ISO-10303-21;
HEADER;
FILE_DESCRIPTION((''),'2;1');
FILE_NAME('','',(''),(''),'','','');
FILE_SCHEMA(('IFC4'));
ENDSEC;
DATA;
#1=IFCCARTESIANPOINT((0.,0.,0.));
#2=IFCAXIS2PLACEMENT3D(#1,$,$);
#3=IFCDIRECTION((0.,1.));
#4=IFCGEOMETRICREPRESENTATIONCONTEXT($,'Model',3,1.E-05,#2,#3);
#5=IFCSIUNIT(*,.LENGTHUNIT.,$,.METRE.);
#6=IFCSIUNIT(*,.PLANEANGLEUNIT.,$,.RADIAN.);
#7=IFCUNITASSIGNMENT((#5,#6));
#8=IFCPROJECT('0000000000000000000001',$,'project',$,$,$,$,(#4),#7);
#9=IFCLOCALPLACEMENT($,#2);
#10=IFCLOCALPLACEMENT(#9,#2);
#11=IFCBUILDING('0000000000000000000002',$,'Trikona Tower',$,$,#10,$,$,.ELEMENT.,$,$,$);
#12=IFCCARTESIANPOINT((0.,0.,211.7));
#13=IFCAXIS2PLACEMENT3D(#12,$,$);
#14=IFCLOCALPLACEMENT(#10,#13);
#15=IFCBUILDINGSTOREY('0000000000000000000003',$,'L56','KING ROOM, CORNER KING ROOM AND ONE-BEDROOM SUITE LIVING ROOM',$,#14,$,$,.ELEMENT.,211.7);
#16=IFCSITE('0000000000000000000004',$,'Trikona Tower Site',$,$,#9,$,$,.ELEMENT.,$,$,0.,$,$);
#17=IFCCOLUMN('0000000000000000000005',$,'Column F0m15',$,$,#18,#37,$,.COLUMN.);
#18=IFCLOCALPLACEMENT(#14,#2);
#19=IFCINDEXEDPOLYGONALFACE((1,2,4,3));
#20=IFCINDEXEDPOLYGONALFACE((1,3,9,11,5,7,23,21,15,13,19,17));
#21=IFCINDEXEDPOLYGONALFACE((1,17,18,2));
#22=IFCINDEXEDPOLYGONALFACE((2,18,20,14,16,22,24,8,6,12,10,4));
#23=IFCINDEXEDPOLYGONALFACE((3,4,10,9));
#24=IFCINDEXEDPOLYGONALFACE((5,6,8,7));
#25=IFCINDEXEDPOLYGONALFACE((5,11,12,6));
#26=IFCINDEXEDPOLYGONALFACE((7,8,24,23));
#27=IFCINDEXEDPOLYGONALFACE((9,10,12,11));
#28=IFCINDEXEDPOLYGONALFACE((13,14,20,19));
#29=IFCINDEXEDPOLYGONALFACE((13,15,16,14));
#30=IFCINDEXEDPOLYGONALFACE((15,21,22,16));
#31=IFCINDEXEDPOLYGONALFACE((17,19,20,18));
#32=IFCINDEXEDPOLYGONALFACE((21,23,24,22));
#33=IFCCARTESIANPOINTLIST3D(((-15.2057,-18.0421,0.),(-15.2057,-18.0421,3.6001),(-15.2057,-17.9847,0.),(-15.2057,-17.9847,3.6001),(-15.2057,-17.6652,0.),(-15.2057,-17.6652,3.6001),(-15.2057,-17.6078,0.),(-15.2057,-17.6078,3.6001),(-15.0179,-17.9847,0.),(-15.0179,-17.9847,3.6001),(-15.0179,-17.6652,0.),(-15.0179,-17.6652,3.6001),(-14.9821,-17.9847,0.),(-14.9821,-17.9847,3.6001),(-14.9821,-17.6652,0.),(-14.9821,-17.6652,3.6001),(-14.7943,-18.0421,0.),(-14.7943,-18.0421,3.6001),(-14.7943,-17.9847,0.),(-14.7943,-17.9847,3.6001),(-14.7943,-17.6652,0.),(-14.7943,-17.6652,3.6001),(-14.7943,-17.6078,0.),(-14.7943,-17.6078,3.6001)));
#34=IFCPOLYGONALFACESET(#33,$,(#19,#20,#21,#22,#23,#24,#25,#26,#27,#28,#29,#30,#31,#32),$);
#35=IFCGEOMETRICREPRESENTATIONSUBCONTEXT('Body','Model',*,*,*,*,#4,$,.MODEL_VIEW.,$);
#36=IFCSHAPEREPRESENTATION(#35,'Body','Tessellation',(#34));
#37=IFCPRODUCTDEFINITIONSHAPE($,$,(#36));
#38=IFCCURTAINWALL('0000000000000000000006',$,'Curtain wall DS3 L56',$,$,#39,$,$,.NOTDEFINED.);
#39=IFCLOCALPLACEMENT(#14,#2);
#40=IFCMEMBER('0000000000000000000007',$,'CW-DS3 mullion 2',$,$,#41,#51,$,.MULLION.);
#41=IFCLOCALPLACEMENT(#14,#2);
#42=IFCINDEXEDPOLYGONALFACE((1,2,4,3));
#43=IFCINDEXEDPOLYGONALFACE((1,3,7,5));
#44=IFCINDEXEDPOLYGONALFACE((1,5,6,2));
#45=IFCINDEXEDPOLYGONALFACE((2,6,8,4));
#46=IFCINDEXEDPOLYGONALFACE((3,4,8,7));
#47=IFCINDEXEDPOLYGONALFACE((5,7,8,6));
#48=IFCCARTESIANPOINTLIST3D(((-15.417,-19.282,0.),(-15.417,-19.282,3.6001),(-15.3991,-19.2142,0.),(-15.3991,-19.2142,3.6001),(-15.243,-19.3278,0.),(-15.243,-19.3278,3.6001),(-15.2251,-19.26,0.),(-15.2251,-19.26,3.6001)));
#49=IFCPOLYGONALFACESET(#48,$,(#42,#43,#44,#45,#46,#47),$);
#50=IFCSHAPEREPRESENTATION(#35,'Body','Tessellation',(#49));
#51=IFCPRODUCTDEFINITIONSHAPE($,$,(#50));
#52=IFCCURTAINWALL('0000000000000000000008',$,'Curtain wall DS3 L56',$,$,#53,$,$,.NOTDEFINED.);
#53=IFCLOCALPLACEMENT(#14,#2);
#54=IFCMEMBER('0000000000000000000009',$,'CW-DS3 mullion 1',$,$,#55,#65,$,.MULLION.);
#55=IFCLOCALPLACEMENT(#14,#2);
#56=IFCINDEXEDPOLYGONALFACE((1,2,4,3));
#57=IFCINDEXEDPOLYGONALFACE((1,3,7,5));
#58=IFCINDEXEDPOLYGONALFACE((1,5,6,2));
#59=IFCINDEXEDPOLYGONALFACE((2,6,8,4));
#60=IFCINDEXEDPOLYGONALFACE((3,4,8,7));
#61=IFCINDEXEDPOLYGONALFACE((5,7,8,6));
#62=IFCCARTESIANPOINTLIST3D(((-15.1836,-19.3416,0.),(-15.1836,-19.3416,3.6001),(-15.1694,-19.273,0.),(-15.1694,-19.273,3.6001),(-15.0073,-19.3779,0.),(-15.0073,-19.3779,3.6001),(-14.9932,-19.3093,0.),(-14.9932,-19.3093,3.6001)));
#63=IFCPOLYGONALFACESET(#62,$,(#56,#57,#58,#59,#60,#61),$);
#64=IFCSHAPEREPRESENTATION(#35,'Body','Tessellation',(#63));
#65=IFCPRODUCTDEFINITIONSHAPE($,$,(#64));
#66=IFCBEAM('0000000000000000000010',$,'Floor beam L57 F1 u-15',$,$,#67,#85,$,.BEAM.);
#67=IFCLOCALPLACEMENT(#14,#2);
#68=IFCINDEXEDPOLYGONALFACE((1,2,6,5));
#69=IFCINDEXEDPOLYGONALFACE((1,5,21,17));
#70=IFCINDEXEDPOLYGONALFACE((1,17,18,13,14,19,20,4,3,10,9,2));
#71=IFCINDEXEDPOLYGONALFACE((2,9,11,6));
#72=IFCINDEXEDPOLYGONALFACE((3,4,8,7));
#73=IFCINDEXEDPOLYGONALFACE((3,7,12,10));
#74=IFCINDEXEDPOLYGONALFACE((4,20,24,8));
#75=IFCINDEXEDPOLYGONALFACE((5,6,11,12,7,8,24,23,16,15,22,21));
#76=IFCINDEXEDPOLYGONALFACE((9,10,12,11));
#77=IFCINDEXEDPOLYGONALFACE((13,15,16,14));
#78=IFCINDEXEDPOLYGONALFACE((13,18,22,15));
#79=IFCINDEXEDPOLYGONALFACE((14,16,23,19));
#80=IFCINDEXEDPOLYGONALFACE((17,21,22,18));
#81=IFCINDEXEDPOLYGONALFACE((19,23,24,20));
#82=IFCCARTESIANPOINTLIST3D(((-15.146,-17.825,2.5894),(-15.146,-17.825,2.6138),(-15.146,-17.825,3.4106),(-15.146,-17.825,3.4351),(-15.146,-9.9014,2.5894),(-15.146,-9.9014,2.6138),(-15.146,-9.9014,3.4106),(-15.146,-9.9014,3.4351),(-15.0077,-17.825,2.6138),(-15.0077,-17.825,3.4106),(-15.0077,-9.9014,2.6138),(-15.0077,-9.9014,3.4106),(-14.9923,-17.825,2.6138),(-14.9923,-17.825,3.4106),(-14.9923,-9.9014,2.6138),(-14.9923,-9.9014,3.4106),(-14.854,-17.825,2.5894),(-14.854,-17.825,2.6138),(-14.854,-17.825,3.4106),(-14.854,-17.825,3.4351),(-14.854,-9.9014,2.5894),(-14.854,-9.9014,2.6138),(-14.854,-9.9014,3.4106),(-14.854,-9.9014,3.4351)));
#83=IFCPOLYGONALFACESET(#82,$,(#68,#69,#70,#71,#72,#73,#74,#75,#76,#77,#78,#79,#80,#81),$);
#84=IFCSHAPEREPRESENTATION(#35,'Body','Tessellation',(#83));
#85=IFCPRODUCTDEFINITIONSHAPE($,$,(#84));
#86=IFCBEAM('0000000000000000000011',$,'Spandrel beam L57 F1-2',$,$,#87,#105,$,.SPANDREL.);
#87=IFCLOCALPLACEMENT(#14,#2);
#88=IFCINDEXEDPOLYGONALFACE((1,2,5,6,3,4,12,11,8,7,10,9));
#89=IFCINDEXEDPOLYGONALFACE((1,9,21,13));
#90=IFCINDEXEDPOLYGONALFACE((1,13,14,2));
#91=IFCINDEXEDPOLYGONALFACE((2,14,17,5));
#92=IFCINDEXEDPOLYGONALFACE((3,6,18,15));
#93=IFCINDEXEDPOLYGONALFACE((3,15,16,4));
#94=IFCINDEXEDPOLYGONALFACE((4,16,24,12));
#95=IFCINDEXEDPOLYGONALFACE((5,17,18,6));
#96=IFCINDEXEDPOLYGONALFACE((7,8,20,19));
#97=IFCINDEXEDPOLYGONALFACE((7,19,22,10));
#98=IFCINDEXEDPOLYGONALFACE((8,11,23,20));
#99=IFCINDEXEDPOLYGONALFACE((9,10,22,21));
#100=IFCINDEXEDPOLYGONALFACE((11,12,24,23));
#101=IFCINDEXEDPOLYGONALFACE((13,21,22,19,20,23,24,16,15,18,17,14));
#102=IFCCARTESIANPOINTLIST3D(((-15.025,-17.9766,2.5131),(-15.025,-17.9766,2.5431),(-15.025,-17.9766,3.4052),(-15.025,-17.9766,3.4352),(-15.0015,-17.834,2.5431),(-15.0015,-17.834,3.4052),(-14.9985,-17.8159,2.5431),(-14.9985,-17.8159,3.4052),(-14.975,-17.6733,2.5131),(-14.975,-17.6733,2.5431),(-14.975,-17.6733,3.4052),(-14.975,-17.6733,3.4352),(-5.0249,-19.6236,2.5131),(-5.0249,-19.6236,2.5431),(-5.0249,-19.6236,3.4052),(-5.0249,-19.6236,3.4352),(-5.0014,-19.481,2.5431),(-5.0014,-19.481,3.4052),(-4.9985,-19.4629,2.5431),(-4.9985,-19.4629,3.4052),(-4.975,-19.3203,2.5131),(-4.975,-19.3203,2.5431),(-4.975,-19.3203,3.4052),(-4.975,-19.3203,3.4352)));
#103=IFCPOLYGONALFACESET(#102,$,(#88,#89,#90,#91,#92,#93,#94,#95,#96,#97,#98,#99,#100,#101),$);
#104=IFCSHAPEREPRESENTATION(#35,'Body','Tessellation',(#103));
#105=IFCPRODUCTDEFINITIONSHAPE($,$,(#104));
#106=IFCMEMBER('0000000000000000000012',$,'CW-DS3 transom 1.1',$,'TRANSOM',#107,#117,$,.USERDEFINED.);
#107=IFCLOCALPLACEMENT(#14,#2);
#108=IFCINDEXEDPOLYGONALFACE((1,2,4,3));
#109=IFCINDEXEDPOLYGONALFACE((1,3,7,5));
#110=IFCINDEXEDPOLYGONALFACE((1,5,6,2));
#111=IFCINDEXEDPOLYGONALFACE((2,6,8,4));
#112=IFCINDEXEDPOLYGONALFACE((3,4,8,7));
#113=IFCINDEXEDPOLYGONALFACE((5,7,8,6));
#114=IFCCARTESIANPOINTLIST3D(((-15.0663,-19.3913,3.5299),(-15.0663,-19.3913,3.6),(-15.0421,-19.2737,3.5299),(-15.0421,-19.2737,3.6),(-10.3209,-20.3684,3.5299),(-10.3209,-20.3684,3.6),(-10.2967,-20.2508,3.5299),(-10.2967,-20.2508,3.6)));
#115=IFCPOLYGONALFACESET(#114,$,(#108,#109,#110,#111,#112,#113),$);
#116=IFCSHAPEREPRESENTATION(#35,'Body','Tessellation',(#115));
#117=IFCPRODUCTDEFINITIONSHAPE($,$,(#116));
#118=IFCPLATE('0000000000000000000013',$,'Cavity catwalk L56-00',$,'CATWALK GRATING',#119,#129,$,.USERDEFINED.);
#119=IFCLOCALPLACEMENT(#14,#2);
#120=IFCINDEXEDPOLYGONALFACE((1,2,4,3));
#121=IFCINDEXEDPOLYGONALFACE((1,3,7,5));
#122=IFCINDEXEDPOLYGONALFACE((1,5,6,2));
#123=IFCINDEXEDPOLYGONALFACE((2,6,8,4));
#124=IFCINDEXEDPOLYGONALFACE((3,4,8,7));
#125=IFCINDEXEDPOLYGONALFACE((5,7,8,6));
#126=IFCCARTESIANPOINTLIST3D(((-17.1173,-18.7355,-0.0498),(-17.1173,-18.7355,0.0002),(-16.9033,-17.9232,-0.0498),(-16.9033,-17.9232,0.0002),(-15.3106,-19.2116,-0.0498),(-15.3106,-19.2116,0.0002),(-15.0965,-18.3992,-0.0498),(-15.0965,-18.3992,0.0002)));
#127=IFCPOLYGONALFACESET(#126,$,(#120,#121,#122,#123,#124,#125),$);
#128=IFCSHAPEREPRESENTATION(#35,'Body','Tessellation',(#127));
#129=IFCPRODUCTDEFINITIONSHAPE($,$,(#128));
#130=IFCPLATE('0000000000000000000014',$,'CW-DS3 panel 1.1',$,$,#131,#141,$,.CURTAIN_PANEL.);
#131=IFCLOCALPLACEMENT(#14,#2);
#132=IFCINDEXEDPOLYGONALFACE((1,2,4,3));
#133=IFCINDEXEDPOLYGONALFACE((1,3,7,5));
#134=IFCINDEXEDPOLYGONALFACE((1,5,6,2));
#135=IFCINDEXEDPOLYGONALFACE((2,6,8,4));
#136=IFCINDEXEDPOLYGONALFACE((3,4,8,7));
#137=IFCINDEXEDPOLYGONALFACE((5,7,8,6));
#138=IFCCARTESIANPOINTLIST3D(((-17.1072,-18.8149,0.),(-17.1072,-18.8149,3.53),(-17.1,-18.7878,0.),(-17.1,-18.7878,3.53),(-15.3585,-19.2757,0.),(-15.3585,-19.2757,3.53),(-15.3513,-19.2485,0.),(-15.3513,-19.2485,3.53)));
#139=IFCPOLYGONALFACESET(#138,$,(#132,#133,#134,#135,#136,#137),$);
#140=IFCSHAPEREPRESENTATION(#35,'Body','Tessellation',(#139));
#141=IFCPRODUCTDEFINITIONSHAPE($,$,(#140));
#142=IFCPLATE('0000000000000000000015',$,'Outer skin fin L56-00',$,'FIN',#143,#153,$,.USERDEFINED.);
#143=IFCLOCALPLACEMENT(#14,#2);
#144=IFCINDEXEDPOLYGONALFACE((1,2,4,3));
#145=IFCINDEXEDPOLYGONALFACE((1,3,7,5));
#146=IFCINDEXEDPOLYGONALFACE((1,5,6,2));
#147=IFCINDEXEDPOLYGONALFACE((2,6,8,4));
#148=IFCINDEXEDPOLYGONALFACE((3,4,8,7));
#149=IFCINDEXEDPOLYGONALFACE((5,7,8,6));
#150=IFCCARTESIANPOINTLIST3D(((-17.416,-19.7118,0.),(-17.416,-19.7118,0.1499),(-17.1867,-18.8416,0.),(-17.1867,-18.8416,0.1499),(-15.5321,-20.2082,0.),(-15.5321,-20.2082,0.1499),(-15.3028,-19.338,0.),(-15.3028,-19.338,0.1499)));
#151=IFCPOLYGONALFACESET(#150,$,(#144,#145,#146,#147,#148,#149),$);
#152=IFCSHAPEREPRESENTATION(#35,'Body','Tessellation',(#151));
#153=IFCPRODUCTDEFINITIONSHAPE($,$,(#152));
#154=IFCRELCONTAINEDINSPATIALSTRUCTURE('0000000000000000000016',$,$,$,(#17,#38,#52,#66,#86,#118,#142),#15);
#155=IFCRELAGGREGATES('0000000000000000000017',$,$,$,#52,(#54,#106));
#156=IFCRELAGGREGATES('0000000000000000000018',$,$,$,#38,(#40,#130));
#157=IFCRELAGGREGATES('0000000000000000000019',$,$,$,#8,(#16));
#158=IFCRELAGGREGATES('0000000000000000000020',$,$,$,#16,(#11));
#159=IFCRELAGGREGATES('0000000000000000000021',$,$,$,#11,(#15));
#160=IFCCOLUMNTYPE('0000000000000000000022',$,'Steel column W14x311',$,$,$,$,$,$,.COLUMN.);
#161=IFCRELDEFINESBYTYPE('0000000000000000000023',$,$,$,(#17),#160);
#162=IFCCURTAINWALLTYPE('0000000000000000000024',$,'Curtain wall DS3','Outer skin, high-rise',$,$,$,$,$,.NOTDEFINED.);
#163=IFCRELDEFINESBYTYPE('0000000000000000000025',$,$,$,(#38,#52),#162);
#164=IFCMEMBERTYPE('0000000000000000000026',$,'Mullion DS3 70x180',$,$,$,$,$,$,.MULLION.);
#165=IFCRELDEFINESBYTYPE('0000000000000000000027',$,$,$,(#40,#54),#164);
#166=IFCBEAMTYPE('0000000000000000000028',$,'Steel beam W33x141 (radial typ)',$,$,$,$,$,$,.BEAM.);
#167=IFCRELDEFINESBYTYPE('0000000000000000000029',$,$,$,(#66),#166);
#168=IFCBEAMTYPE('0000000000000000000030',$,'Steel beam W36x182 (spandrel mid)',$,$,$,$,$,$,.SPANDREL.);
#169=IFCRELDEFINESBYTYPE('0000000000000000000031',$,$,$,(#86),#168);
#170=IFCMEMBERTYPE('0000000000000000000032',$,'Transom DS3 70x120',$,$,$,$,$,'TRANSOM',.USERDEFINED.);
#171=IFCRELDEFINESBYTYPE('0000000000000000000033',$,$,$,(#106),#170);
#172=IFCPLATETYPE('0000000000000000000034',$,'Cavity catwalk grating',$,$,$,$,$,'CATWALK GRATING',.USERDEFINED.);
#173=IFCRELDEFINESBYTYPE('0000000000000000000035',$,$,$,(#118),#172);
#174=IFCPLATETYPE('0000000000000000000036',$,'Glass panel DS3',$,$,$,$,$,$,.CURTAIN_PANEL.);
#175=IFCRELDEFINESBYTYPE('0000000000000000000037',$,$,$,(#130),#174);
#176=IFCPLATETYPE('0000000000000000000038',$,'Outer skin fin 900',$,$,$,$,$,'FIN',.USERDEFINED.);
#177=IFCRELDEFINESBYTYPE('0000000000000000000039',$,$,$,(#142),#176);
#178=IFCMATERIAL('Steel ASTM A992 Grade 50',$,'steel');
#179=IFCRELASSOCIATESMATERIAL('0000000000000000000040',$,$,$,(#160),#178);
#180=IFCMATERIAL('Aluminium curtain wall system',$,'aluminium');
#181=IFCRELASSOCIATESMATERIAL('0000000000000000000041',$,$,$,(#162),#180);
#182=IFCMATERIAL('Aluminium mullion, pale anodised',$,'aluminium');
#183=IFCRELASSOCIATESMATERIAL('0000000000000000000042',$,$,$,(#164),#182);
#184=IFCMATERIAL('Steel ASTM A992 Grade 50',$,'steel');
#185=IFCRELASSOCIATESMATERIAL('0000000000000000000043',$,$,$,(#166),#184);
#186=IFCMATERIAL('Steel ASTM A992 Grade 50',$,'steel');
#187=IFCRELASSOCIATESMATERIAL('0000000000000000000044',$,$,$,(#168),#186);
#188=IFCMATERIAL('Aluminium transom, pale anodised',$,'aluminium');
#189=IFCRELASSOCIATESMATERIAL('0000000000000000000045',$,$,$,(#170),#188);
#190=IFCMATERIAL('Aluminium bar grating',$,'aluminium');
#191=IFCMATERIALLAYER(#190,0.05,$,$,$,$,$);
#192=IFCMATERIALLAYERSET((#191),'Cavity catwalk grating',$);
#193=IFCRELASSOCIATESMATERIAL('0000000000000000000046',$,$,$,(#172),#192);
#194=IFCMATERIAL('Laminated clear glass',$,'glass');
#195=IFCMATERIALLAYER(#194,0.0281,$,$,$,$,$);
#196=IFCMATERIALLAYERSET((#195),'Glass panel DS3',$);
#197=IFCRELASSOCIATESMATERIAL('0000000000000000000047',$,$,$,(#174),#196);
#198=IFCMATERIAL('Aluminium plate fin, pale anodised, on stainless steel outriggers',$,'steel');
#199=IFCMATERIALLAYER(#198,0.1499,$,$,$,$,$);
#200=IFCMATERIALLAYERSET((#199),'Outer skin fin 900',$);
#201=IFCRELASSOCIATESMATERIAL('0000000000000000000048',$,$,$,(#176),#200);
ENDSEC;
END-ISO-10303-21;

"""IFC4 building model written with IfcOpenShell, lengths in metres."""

from ifc_helpers import new_model, si_unit, direction, frame, origin, origin_2d, place, context, subcontext, project, spatial, rectangle, i_section, extrude, material, layer, layer_set, material_profile, profile_set, type_object, element, aggregate, save


model = new_model("IFC4")

# Units and contexts
model_context = context("Model", 3, precision=1e-05, world=origin(), true_north=direction((0.0, 1.0)))
body_context = subcontext(model_context, "Body", "Model", "MODEL_VIEW")
ifc_project = project(units=[si_unit("LENGTHUNIT", "METRE"), si_unit("PLANEANGLEUNIT", "RADIAN")], contexts=[model_context])

# Site, building, storey
site_placement = place(None, origin())
site = spatial("IfcSite", under=ifc_project, at=site_placement, Name="Trikona Tower Site", CompositionType="ELEMENT", RefElevation=0.0)
building_placement = place(site_placement, origin())
building = spatial("IfcBuilding", under=site, at=building_placement, Name="Trikona Tower", CompositionType="ELEMENT")
storey_placement = place(building_placement, frame((0.0, 0.0, 211.7)))
storey = spatial("IfcBuildingStorey", under=building, at=storey_placement, Name="L56", Description="KING ROOM, CORNER KING ROOM AND ONE-BEDROOM SUITE LIVING ROOM", CompositionType="ELEMENT", Elevation=211.7)

# Column
ifc_material_1 = material(Name="Steel ASTM A992 Grade 50", Category="steel")
ifc_material_profile_1 = material_profile(ifc_material_1, i_section(OverallWidth=0.4114, OverallDepth=0.4343, WebThickness=0.0359, FlangeThickness=0.0574, at=origin_2d()), Name="W14X311")
ifc_profile_set_1 = profile_set([ifc_material_profile_1], Name="Steel ASTM A992 Grade 50")
column_type = type_object("IfcColumnType", Name="Steel column W14x311", PredefinedType="COLUMN", material=ifc_profile_set_1)
column_placement = place(storey_placement, frame((-15.0, -17.825, 0.0), z_axis=(0.0, 0.0, 1.0), x_axis=(1.0, 0.0, 0.0)))
element("IfcColumn", 1, at=column_placement, inside=storey, type_object=column_type, Name="Column F0m15", PredefinedType="COLUMN", context=body_context, shape_type="SweptSolid", body=[
    extrude(i_section(OverallWidth=0.4114, OverallDepth=0.4343, WebThickness=0.0359, FlangeThickness=0.0574, at=origin_2d()), origin(), (0.0, 0.0, 1.0), 3.6001),
])

# Curtain walls, members
ifc_material_2 = material(Name="Aluminium curtain wall system", Category="aluminium")
curtain_wall_type = type_object("IfcCurtainWallType", Name="Curtain wall DS3", Description="Outer skin, high-rise", PredefinedType="NOTDEFINED", material=ifc_material_2)
curtain_wall_1_placement = place(storey_placement, origin())
curtain_wall_1 = element("IfcCurtainWall", 2, at=curtain_wall_1_placement, inside=storey, type_object=curtain_wall_type, Name="Curtain wall DS3 L56", PredefinedType="NOTDEFINED")
ifc_material_3 = material(Name="Aluminium mullion, pale anodised", Category="aluminium")
ifc_material_profile_2 = material_profile(ifc_material_3, rectangle(XDim=0.0701, YDim=0.1799, at=origin_2d()), Name="MUL-DS3")
ifc_profile_set_2 = profile_set([ifc_material_profile_2], Name="Aluminium mullion, pale anodised")
member_type_1 = type_object("IfcMemberType", Name="Mullion DS3 70x180", PredefinedType="MULLION", material=ifc_profile_set_2)
member_1_placement = place(storey_placement, frame((-15.321, -19.271, 0.0), z_axis=(0.0, 0.0, 1.0), x_axis=(0.254786, 0.966997, 0.0)))
member_1 = element("IfcMember", 3, at=member_1_placement, type_object=member_type_1, Name="CW-DS3 mullion 2", PredefinedType="MULLION", context=body_context, shape_type="SweptSolid", body=[
    extrude(rectangle(XDim=0.0701, YDim=0.1799, at=origin_2d()), origin(), (0.0, 0.0, 1.0), 3.6001),
])
curtain_wall_2_placement = place(storey_placement, origin())
curtain_wall_2 = element("IfcCurtainWall", 4, at=curtain_wall_2_placement, inside=storey, type_object=curtain_wall_type, Name="Curtain wall DS3 L56", PredefinedType="NOTDEFINED")
member_2_placement = place(storey_placement, frame((-15.0884, -19.3254, 0.0), z_axis=(0.0, 0.0, 1.0), x_axis=(0.201653, 0.979457, 0.0)))
member_2 = element("IfcMember", 5, at=member_2_placement, type_object=member_type_1, Name="CW-DS3 mullion 1", PredefinedType="MULLION", context=body_context, shape_type="SweptSolid", body=[
    extrude(rectangle(XDim=0.0701, YDim=0.1799, at=origin_2d()), origin(), (0.0, 0.0, 1.0), 3.6001),
])

# Beams
ifc_material_4 = material(Name="Steel ASTM A992 Grade 50", Category="steel")
ifc_material_profile_3 = material_profile(ifc_material_4, i_section(OverallWidth=0.292, OverallDepth=0.8457, WebThickness=0.0154, FlangeThickness=0.0244, at=origin_2d()), Name="W33X141")
ifc_profile_set_3 = profile_set([ifc_material_profile_3], Name="Steel ASTM A992 Grade 50")
beam_type_1 = type_object("IfcBeamType", Name="Steel beam W33x141 (radial typ)", PredefinedType="BEAM", material=ifc_profile_set_3)
beam_1_placement = place(storey_placement, frame((-15.0, -9.9014, 3.0122), z_axis=(0.0, -1.0, 0.0), x_axis=(1.0, 0.0, 0.0)))
element("IfcBeam", 6, at=beam_1_placement, inside=storey, type_object=beam_type_1, Name="Floor beam L57 F1 u-15", PredefinedType="BEAM", context=body_context, shape_type="SweptSolid", body=[
    extrude(i_section(OverallWidth=0.292, OverallDepth=0.8457, WebThickness=0.0154, FlangeThickness=0.0244, at=origin_2d()), origin(), (0.0, 0.0, 1.0), 7.9236),
])
ifc_material_5 = material(Name="Steel ASTM A992 Grade 50", Category="steel")
ifc_material_profile_4 = material_profile(ifc_material_5, i_section(OverallWidth=0.3074, OverallDepth=0.9221, WebThickness=0.0183, FlangeThickness=0.03, at=origin_2d()), Name="W36X182")
ifc_profile_set_4 = profile_set([ifc_material_profile_4], Name="Steel ASTM A992 Grade 50")
beam_type_2 = type_object("IfcBeamType", Name="Steel beam W36x182 (spandrel mid)", PredefinedType="SPANDREL", material=ifc_profile_set_4)
beam_2_placement = place(storey_placement, frame((-15.0, -17.825, 2.9741), z_axis=(0.986707, -0.162508, 0.0), x_axis=(0.162508, 0.986707, 0.0)))
element("IfcBeam", 7, at=beam_2_placement, inside=storey, type_object=beam_type_2, Name="Spandrel beam L57 F1-2", PredefinedType="SPANDREL", context=body_context, shape_type="SweptSolid", body=[
    extrude(i_section(OverallWidth=0.3074, OverallDepth=0.9221, WebThickness=0.0183, FlangeThickness=0.03, at=origin_2d()), origin(), (0.0, 0.0, 1.0), 10.1348),
])

# Member
ifc_material_6 = material(Name="Aluminium transom, pale anodised", Category="aluminium")
ifc_material_profile_5 = material_profile(ifc_material_6, rectangle(XDim=0.1201, YDim=0.0701, at=origin_2d()), Name="TRN-DS3")
ifc_profile_set_5 = profile_set([ifc_material_profile_5], Name="Aluminium transom, pale anodised")
member_type_2 = type_object("IfcMemberType", Name="Transom DS3 70x120", ElementType="TRANSOM", PredefinedType="USERDEFINED", material=ifc_profile_set_5)
member_3_placement = place(storey_placement, frame((-15.0542, -19.3325, 3.5649), z_axis=(0.979454, -0.201666, 0.0), x_axis=(0.201666, 0.979454, 0.0)))
member_3 = element("IfcMember", 8, at=member_3_placement, type_object=member_type_2, Name="CW-DS3 transom 1.1", ObjectType="TRANSOM", PredefinedType="USERDEFINED", context=body_context, shape_type="SweptSolid", body=[
    extrude(rectangle(XDim=0.1201, YDim=0.0701, at=origin_2d()), origin(), (0.0, 0.0, 1.0), 4.845),
])
aggregate(curtain_wall_2, [member_2, member_3])

# Plates
ifc_material_7 = material(Name="Aluminium bar grating", Category="aluminium")
ifc_layer_1 = layer(ifc_material_7, 0.05)
ifc_layer_set_1 = layer_set([ifc_layer_1], Name="Cavity catwalk grating")
plate_type_1 = type_object("IfcPlateType", Name="Cavity catwalk grating", ElementType="CATWALK GRATING", PredefinedType="USERDEFINED", material=ifc_layer_set_1)
plate_1_placement = place(storey_placement, frame((-16.1069, -18.5674, -0.0498), z_axis=(0.0, 0.0, 1.0), x_axis=(0.966993, -0.254803, 0.0)))
element("IfcPlate", 9, at=plate_1_placement, inside=storey, type_object=plate_type_1, Name="Cavity catwalk L56-00", ObjectType="CATWALK GRATING", PredefinedType="USERDEFINED", context=body_context, shape_type="SweptSolid", body=[
    extrude(rectangle(XDim=1.8684, YDim=0.8401, at=origin_2d()), origin(), (0.0, 0.0, 1.0), 0.05),
])
ifc_material_8 = material(Name="Laminated clear glass", Category="glass")
ifc_layer_2 = layer(ifc_material_8, 0.0281)
ifc_layer_set_2 = layer_set([ifc_layer_2], Name="Glass panel DS3")
plate_type_2 = type_object("IfcPlateType", Name="Glass panel DS3", PredefinedType="CURTAIN_PANEL", material=ifc_layer_set_2)
plate_2_placement = place(storey_placement, frame((-16.2292, -19.0317, 0.0), z_axis=(0.0, 0.0, 1.0), x_axis=(0.966997, -0.254786, 0.0)))
plate_2 = element("IfcPlate", 10, at=plate_2_placement, type_object=plate_type_2, Name="CW-DS3 panel 1.1", PredefinedType="CURTAIN_PANEL", context=body_context, shape_type="SweptSolid", body=[
    extrude(rectangle(XDim=1.8083, YDim=0.0281, at=origin_2d()), origin(), (0.0, 0.0, 1.0), 3.53),
])
aggregate(curtain_wall_1, [member_1, plate_2])
ifc_material_9 = material(Name="Aluminium plate fin, pale anodised, on stainless steel outriggers", Category="steel")
ifc_layer_3 = layer(ifc_material_9, 0.1499)
ifc_layer_set_3 = layer_set([ifc_layer_3], Name="Outer skin fin 900")
plate_type_3 = type_object("IfcPlateType", Name="Outer skin fin 900", ElementType="FIN", PredefinedType="USERDEFINED", material=ifc_layer_set_3)
plate_3_placement = place(storey_placement, frame((-16.3594, -19.5249, 0.0), z_axis=(0.0, 0.0, 1.0), x_axis=(0.966993, -0.254803, 0.0)))
element("IfcPlate", 11, at=plate_3_placement, inside=storey, type_object=plate_type_3, Name="Outer skin fin L56-00", ObjectType="FIN", PredefinedType="USERDEFINED", context=body_context, shape_type="SweptSolid", body=[
    extrude(rectangle(XDim=1.9482, YDim=0.8999, at=origin_2d()), origin(), (0.0, 0.0, 1.0), 0.1499),
])

save(model, "model.ifc")
